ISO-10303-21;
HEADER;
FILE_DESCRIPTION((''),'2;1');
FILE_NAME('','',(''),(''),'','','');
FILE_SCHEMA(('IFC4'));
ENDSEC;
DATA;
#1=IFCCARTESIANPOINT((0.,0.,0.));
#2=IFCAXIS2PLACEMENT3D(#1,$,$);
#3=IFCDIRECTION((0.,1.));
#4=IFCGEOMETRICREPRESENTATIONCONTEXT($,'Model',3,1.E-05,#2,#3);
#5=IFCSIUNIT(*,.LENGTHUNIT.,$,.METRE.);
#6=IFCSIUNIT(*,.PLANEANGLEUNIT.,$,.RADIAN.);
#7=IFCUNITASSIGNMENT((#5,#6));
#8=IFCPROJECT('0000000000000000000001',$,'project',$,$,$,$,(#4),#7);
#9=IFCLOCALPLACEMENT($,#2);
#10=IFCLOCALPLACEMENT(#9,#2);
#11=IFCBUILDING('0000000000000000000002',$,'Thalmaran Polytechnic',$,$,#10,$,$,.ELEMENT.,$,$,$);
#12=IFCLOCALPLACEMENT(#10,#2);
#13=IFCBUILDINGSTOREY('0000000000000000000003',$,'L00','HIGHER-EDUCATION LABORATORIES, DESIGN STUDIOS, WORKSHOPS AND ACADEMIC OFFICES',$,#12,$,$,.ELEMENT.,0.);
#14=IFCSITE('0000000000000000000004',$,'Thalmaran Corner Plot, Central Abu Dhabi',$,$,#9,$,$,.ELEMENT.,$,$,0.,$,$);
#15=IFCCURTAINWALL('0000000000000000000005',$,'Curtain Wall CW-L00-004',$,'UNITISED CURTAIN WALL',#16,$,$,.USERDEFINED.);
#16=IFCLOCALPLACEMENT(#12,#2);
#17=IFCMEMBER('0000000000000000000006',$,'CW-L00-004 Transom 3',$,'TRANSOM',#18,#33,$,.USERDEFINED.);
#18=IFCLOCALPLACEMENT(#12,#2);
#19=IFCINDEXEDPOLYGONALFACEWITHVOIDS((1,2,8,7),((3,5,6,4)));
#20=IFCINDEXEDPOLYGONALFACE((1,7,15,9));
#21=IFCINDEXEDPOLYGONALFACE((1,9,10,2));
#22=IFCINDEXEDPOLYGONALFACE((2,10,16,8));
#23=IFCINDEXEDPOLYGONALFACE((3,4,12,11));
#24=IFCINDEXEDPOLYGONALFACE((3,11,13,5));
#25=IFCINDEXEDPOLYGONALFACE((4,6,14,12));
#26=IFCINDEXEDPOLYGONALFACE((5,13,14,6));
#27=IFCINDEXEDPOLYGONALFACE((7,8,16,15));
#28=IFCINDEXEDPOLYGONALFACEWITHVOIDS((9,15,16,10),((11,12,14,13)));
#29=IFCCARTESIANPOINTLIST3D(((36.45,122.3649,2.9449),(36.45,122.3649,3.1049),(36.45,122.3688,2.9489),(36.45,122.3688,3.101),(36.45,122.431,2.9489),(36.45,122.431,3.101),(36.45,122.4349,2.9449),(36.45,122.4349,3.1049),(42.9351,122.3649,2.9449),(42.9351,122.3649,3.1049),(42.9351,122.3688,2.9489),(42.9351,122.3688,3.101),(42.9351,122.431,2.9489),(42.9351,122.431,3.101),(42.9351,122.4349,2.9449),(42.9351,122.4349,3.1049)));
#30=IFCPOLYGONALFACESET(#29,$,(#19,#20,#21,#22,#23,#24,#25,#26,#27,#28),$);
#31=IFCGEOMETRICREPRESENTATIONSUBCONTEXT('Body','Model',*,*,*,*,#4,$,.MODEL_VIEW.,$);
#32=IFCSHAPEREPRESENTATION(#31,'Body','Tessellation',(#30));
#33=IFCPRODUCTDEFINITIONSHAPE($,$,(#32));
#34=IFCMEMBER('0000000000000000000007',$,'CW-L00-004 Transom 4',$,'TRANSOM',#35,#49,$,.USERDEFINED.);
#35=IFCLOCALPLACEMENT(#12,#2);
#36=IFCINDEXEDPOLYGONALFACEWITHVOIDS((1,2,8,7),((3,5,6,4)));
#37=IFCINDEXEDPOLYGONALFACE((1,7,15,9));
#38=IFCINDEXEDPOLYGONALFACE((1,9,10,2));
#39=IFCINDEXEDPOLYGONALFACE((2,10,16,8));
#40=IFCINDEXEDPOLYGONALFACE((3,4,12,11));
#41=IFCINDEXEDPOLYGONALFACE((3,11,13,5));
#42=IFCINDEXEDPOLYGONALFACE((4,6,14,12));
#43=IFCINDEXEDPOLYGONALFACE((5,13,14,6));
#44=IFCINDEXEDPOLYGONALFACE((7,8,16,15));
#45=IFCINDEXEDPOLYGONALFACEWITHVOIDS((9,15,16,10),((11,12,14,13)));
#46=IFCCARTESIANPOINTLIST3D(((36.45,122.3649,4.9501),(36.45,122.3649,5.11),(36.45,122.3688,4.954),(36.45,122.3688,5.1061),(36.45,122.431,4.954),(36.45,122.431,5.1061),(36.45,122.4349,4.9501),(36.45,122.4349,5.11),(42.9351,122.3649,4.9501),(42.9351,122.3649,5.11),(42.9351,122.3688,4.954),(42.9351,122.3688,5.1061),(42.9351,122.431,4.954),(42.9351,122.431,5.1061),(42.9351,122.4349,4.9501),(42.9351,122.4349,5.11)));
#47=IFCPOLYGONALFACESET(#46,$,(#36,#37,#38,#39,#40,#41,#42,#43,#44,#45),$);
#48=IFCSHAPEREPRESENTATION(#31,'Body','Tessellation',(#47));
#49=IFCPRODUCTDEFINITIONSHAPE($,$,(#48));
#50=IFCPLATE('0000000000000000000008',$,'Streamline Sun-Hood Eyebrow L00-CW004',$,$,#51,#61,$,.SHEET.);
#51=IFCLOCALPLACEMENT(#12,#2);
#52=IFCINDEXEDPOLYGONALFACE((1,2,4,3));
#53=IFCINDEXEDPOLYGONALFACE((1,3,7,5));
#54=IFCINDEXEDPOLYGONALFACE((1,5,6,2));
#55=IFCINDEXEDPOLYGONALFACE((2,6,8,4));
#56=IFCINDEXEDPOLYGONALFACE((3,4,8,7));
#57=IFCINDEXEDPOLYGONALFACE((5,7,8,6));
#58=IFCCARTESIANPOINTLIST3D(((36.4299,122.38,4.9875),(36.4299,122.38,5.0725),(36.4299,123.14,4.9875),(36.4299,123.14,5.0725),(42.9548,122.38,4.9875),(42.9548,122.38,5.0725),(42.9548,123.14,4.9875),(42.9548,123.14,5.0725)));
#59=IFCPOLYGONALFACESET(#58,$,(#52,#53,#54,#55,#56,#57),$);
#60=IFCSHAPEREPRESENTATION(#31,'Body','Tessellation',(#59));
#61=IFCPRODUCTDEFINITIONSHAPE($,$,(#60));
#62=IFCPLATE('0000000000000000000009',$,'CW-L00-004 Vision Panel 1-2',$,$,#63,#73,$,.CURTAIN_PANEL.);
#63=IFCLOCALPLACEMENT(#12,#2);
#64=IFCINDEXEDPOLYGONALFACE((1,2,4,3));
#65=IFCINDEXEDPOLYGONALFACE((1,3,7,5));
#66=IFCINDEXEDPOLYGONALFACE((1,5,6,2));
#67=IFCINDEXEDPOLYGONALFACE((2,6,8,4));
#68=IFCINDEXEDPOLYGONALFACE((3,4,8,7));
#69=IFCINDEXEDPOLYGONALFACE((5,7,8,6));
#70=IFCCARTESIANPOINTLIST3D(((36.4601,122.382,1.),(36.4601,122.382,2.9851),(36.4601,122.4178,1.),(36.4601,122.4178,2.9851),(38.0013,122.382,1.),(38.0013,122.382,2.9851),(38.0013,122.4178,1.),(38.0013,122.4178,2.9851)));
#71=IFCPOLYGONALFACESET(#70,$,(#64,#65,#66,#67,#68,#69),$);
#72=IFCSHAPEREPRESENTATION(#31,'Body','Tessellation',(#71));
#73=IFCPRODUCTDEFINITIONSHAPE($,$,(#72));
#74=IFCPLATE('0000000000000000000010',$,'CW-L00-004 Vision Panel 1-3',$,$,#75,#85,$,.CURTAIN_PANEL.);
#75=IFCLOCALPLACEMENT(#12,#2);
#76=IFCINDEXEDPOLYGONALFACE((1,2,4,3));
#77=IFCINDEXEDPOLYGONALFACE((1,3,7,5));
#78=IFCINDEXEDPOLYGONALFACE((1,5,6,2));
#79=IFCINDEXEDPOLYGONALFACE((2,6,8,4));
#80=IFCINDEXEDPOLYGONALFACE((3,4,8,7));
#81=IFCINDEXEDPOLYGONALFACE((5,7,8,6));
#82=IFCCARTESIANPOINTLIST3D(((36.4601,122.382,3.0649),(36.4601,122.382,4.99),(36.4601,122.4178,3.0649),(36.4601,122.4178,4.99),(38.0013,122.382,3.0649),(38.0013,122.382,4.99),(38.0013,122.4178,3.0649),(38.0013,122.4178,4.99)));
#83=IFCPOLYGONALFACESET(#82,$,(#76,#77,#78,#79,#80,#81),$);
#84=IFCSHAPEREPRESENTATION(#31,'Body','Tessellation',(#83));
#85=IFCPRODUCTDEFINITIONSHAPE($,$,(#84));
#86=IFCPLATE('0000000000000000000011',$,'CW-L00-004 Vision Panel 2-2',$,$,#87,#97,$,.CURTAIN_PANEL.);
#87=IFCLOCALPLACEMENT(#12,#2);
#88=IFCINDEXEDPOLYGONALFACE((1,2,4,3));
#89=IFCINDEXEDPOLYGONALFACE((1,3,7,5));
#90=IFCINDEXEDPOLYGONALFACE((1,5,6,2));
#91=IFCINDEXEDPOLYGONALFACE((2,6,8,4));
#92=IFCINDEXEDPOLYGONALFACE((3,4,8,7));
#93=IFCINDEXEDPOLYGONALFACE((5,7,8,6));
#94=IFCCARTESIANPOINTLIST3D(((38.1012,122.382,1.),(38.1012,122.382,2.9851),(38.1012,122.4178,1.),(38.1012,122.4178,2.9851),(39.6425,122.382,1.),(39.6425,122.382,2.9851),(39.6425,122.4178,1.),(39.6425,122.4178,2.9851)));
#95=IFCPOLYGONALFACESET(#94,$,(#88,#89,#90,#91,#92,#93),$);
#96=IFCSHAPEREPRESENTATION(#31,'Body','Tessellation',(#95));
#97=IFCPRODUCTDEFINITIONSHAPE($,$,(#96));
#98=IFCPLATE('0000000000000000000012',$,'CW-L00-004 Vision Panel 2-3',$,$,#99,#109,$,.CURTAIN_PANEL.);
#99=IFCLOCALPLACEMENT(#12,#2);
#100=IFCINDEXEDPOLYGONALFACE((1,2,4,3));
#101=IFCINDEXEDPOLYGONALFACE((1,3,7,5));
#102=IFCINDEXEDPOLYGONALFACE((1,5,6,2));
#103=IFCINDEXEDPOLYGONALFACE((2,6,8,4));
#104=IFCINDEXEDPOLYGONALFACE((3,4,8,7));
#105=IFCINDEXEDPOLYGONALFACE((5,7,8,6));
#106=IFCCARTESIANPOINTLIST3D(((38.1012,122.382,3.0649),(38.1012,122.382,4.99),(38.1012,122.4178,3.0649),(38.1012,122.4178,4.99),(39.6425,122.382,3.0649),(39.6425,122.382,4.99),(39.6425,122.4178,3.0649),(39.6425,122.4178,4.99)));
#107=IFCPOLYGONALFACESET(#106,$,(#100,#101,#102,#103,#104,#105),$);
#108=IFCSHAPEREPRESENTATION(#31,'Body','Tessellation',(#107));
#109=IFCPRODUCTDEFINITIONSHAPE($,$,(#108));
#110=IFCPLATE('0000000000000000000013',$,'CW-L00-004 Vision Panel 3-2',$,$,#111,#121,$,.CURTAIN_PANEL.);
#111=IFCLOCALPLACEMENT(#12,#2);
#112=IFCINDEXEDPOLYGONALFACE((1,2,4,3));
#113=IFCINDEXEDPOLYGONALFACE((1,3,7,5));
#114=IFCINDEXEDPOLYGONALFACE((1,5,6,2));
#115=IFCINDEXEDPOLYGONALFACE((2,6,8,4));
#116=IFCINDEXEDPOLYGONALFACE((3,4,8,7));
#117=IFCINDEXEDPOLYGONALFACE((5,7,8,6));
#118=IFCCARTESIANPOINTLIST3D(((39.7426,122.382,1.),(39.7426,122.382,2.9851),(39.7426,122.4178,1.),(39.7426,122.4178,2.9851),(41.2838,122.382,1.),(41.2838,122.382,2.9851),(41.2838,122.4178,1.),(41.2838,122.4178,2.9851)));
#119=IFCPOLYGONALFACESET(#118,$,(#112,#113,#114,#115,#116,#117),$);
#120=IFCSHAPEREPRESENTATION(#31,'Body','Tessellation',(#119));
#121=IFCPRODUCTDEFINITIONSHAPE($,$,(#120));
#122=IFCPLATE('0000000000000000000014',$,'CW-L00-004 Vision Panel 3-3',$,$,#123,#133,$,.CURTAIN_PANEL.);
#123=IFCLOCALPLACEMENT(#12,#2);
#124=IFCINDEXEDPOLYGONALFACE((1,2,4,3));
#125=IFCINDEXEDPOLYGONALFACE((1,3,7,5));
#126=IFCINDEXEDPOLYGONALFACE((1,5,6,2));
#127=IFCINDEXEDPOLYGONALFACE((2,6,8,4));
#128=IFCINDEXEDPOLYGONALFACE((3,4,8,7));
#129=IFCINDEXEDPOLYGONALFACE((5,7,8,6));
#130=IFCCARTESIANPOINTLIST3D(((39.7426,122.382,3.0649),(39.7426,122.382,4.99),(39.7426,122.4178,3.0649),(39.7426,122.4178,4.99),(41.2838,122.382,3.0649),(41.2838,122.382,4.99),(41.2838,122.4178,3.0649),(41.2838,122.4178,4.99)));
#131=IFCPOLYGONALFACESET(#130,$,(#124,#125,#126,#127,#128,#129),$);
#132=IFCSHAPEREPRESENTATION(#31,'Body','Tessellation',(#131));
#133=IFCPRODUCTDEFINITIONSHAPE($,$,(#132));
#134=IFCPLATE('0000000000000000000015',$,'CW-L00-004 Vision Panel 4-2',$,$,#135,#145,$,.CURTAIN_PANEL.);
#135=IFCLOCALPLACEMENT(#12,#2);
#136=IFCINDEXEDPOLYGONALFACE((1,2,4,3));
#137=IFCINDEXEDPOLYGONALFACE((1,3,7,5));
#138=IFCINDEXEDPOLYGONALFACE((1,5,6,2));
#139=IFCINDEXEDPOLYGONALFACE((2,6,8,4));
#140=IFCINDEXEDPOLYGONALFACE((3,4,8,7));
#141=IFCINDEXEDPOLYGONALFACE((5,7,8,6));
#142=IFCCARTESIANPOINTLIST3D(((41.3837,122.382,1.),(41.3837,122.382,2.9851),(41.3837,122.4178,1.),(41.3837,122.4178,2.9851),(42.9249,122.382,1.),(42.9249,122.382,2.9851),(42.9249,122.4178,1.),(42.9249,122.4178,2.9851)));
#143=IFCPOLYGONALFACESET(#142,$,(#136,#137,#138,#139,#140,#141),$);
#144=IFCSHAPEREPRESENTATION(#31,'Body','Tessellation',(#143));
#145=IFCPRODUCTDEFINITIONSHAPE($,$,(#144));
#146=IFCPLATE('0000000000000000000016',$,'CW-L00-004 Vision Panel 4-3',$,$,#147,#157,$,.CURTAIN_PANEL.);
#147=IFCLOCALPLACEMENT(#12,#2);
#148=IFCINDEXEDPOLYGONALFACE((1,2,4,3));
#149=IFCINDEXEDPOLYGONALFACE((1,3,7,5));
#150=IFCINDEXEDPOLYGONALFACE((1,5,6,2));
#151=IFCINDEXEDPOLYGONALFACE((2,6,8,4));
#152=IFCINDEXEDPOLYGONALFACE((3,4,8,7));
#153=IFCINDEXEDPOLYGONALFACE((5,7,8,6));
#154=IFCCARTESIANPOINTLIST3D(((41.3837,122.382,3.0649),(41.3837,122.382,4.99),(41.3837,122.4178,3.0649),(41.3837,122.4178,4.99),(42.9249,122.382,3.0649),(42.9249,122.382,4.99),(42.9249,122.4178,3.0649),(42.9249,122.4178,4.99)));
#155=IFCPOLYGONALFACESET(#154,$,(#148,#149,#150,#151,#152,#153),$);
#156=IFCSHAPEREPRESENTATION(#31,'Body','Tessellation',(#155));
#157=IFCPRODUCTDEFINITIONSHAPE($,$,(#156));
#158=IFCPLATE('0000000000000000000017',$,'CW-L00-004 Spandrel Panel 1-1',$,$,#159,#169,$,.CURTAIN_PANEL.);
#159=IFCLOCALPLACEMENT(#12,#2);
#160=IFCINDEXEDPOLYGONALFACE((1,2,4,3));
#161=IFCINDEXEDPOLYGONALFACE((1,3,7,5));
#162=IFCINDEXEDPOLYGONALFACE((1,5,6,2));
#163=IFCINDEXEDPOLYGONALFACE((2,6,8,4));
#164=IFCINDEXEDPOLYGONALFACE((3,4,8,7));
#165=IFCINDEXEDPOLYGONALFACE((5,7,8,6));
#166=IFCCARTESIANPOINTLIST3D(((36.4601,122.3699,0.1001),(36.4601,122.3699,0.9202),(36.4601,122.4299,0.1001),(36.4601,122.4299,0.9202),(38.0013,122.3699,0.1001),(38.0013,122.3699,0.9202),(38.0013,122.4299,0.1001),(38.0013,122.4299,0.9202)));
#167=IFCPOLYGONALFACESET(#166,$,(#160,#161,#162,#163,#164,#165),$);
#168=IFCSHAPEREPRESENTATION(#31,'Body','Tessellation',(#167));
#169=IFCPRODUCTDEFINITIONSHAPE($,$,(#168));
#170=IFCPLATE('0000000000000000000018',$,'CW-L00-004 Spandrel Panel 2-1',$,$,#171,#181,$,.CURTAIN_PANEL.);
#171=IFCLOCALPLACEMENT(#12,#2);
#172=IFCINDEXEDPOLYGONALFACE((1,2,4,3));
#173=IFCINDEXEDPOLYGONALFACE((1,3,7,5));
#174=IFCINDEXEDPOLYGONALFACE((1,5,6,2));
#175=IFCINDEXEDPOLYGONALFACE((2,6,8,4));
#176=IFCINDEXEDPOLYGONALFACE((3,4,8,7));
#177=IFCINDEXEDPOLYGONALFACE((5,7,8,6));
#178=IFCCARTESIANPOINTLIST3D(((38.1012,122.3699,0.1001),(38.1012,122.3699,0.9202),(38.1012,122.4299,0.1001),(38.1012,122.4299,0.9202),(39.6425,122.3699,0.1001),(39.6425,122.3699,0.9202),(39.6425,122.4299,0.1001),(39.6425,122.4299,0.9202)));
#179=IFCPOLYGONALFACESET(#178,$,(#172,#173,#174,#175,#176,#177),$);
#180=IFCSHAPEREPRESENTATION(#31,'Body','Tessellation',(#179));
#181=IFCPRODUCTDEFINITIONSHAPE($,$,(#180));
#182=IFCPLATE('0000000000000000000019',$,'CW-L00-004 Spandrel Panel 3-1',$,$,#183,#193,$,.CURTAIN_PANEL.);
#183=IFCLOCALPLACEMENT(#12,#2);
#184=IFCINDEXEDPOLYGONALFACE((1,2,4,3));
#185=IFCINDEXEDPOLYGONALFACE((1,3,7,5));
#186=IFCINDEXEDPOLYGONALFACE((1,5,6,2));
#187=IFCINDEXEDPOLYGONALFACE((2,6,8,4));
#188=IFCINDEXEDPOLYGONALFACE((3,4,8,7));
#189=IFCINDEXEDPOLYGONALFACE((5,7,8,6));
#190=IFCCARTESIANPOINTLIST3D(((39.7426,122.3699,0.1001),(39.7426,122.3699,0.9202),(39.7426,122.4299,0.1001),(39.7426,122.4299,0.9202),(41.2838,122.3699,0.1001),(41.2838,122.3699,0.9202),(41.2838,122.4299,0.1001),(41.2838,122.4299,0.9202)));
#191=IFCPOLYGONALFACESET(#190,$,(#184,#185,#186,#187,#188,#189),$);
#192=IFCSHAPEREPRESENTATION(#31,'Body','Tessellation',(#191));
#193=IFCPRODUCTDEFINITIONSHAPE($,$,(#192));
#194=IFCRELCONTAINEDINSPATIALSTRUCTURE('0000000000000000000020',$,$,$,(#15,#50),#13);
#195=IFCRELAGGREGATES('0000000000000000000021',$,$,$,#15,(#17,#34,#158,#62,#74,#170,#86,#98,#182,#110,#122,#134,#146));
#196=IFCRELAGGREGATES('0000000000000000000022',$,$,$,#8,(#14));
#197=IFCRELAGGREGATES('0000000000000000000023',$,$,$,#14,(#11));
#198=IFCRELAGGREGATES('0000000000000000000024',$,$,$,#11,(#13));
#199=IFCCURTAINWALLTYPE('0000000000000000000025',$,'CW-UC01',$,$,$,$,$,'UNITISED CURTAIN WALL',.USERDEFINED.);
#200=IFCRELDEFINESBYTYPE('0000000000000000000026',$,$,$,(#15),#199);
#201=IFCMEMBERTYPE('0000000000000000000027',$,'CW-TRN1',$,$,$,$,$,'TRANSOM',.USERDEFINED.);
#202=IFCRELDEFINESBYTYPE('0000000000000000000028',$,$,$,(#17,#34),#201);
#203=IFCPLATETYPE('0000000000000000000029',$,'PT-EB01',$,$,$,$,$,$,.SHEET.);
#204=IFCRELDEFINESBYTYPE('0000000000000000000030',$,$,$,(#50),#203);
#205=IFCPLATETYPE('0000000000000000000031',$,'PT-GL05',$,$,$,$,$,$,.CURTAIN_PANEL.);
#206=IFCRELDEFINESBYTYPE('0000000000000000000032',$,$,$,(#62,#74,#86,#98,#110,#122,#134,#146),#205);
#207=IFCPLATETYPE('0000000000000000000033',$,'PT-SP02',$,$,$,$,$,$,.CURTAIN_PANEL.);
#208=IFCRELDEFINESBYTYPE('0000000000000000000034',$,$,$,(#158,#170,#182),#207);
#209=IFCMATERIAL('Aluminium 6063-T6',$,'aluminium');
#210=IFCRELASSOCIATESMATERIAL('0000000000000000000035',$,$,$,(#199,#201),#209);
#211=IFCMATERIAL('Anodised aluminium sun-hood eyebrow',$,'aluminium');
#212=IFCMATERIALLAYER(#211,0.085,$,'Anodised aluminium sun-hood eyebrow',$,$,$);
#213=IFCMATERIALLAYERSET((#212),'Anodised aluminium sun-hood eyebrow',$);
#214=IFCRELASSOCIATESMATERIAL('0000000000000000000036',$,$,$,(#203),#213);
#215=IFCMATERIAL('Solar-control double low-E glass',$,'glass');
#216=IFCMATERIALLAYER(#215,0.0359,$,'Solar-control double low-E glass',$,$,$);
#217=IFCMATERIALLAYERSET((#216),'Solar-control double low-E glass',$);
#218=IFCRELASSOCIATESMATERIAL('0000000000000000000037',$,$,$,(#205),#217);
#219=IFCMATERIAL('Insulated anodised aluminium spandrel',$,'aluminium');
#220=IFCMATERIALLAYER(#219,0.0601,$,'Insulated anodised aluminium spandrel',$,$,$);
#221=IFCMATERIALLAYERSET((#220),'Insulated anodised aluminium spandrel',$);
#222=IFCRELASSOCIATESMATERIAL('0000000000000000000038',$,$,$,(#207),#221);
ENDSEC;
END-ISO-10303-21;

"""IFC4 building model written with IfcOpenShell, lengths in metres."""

from ifc_helpers import new_model, si_unit, direction, frame, origin, origin_2d, place, context, subcontext, project, spatial, rectangle, hollow_rectangle, extrude, material, layer, layer_set, material_profile, profile_set, type_object, element, aggregate, save


model = new_model("IFC4")

# Units and contexts
model_context = context("Model", 3, precision=1e-05, world=origin(), true_north=direction((0.0, 1.0)))
body_context = subcontext(model_context, "Body", "Model", "MODEL_VIEW")
ifc_project = project(units=[si_unit("LENGTHUNIT", "METRE"), si_unit("PLANEANGLEUNIT", "RADIAN")], contexts=[model_context])

# Site, building, storey
site_placement = place(None, origin())
site = spatial("IfcSite", under=ifc_project, at=site_placement, Name="Thalmaran Corner Plot, Central Abu Dhabi", CompositionType="ELEMENT", RefElevation=0.0)
building_placement = place(site_placement, origin())
building = spatial("IfcBuilding", under=site, at=building_placement, Name="Thalmaran Polytechnic", CompositionType="ELEMENT")
storey_placement = place(building_placement, origin())
storey = spatial("IfcBuildingStorey", under=building, at=storey_placement, Name="L00", Description="HIGHER-EDUCATION LABORATORIES, DESIGN STUDIOS, WORKSHOPS AND ACADEMIC OFFICES", CompositionType="ELEMENT", Elevation=0.0)

# Curtain wall, members
ifc_material_1 = material(Name="Aluminium 6063-T6", Category="aluminium")
curtain_wall_type = type_object("IfcCurtainWallType", Name="CW-UC01", ElementType="UNITISED CURTAIN WALL", PredefinedType="USERDEFINED", material=ifc_material_1)
curtain_wall_placement = place(storey_placement, origin())
curtain_wall = element("IfcCurtainWall", 1, at=curtain_wall_placement, inside=storey, type_object=curtain_wall_type, Name="Curtain Wall CW-L00-004", ObjectType="UNITISED CURTAIN WALL", PredefinedType="USERDEFINED")
ifc_material_profile_1 = material_profile(ifc_material_1, hollow_rectangle(XDim=0.0701, YDim=0.1599, WallThickness=0.0039, at=origin_2d()), Name="AL 160x70x4.0")
ifc_profile_set_1 = profile_set([ifc_material_profile_1], Name="Aluminium 6063-T6")
member_type_1 = type_object("IfcMemberType", Name="CW-TRN1", ElementType="TRANSOM", PredefinedType="USERDEFINED", material=ifc_profile_set_1)
member_1_placement = place(storey_placement, frame((36.45, 122.3999, 3.0249), z_axis=(1.0, 0.0, 0.0), x_axis=(0.0, 1.0, 0.0)))
member_1 = element("IfcMember", 2, at=member_1_placement, type_object=member_type_1, Name="CW-L00-004 Transom 3", ObjectType="TRANSOM", PredefinedType="USERDEFINED", context=body_context, shape_type="SweptSolid", body=[
    extrude(hollow_rectangle(XDim=0.0701, YDim=0.1599, WallThickness=0.0039, at=origin_2d()), origin(), (0.0, 0.0, 1.0), 6.4851),
])
member_2_placement = place(storey_placement, frame((36.45, 122.3999, 5.03), z_axis=(1.0, 0.0, 0.0), x_axis=(0.0, 1.0, 0.0)))
member_2 = element("IfcMember", 3, at=member_2_placement, type_object=member_type_1, Name="CW-L00-004 Transom 4", ObjectType="TRANSOM", PredefinedType="USERDEFINED", context=body_context, shape_type="SweptSolid", body=[
    extrude(hollow_rectangle(XDim=0.0701, YDim=0.1599, WallThickness=0.0039, at=origin_2d()), origin(), (0.0, 0.0, 1.0), 6.4851),
])

# Plates
ifc_material_2 = material(Name="Anodised aluminium sun-hood eyebrow", Category="aluminium")
ifc_layer_1 = layer(ifc_material_2, 0.085, Name="Anodised aluminium sun-hood eyebrow")
ifc_layer_set_1 = layer_set([ifc_layer_1], Name="Anodised aluminium sun-hood eyebrow")
plate_type_1 = type_object("IfcPlateType", Name="PT-EB01", PredefinedType="SHEET", material=ifc_layer_set_1)
plate_1_placement = place(storey_placement, frame((39.6924, 122.76, 4.9875), z_axis=(0.0, 0.0, 1.0), x_axis=(1.0, 0.0, 0.0)))
element("IfcPlate", 4, at=plate_1_placement, inside=storey, type_object=plate_type_1, Name="Streamline Sun-Hood Eyebrow L00-CW004", PredefinedType="SHEET", context=body_context, shape_type="SweptSolid", body=[
    extrude(rectangle(XDim=6.5249, YDim=0.76, at=origin_2d()), origin(), (0.0, 0.0, 1.0), 0.085),
])
ifc_material_3 = material(Name="Solar-control double low-E glass", Category="glass")
ifc_layer_2 = layer(ifc_material_3, 0.0359, Name="Solar-control double low-E glass")
ifc_layer_set_2 = layer_set([ifc_layer_2], Name="Solar-control double low-E glass")
plate_type_2 = type_object("IfcPlateType", Name="PT-GL05", PredefinedType="CURTAIN_PANEL", material=ifc_layer_set_2)
plate_2_placement = place(storey_placement, frame((37.2307, 122.3999, 1.0), z_axis=(0.0, 0.0, 1.0), x_axis=(1.0, 0.0, 0.0)))
plate_2 = element("IfcPlate", 5, at=plate_2_placement, type_object=plate_type_2, Name="CW-L00-004 Vision Panel 1-2", PredefinedType="CURTAIN_PANEL", context=body_context, shape_type="SweptSolid", body=[
    extrude(rectangle(XDim=1.5413, YDim=0.0359, at=origin_2d()), origin(), (0.0, 0.0, 1.0), 1.9851),
])
plate_3_placement = place(storey_placement, frame((37.2307, 122.3999, 3.0649), z_axis=(0.0, 0.0, 1.0), x_axis=(1.0, 0.0, 0.0)))
plate_3 = element("IfcPlate", 6, at=plate_3_placement, type_object=plate_type_2, Name="CW-L00-004 Vision Panel 1-3", PredefinedType="CURTAIN_PANEL", context=body_context, shape_type="SweptSolid", body=[
    extrude(rectangle(XDim=1.5413, YDim=0.0359, at=origin_2d()), origin(), (0.0, 0.0, 1.0), 1.925),
])
plate_4_placement = place(storey_placement, frame((38.8718, 122.3999, 1.0), z_axis=(0.0, 0.0, 1.0), x_axis=(1.0, 0.0, 0.0)))
plate_4 = element("IfcPlate", 7, at=plate_4_placement, type_object=plate_type_2, Name="CW-L00-004 Vision Panel 2-2", PredefinedType="CURTAIN_PANEL", context=body_context, shape_type="SweptSolid", body=[
    extrude(rectangle(XDim=1.5413, YDim=0.0359, at=origin_2d()), origin(), (0.0, 0.0, 1.0), 1.9851),
])
plate_5_placement = place(storey_placement, frame((38.8718, 122.3999, 3.0649), z_axis=(0.0, 0.0, 1.0), x_axis=(1.0, 0.0, 0.0)))
plate_5 = element("IfcPlate", 8, at=plate_5_placement, type_object=plate_type_2, Name="CW-L00-004 Vision Panel 2-3", PredefinedType="CURTAIN_PANEL", context=body_context, shape_type="SweptSolid", body=[
    extrude(rectangle(XDim=1.5413, YDim=0.0359, at=origin_2d()), origin(), (0.0, 0.0, 1.0), 1.925),
])
plate_6_placement = place(storey_placement, frame((40.5132, 122.3999, 1.0), z_axis=(0.0, 0.0, 1.0), x_axis=(1.0, 0.0, 0.0)))
plate_6 = element("IfcPlate", 9, at=plate_6_placement, type_object=plate_type_2, Name="CW-L00-004 Vision Panel 3-2", PredefinedType="CURTAIN_PANEL", context=body_context, shape_type="SweptSolid", body=[
    extrude(rectangle(XDim=1.5413, YDim=0.0359, at=origin_2d()), origin(), (0.0, 0.0, 1.0), 1.9851),
])
plate_7_placement = place(storey_placement, frame((40.5132, 122.3999, 3.0649), z_axis=(0.0, 0.0, 1.0), x_axis=(1.0, 0.0, 0.0)))
plate_7 = element("IfcPlate", 10, at=plate_7_placement, type_object=plate_type_2, Name="CW-L00-004 Vision Panel 3-3", PredefinedType="CURTAIN_PANEL", context=body_context, shape_type="SweptSolid", body=[
    extrude(rectangle(XDim=1.5413, YDim=0.0359, at=origin_2d()), origin(), (0.0, 0.0, 1.0), 1.925),
])
plate_8_placement = place(storey_placement, frame((42.1543, 122.3999, 1.0), z_axis=(0.0, 0.0, 1.0), x_axis=(1.0, 0.0, 0.0)))
plate_8 = element("IfcPlate", 11, at=plate_8_placement, type_object=plate_type_2, Name="CW-L00-004 Vision Panel 4-2", PredefinedType="CURTAIN_PANEL", context=body_context, shape_type="SweptSolid", body=[
    extrude(rectangle(XDim=1.5413, YDim=0.0359, at=origin_2d()), origin(), (0.0, 0.0, 1.0), 1.9851),
])
plate_9_placement = place(storey_placement, frame((42.1543, 122.3999, 3.0649), z_axis=(0.0, 0.0, 1.0), x_axis=(1.0, 0.0, 0.0)))
plate_9 = element("IfcPlate", 12, at=plate_9_placement, type_object=plate_type_2, Name="CW-L00-004 Vision Panel 4-3", PredefinedType="CURTAIN_PANEL", context=body_context, shape_type="SweptSolid", body=[
    extrude(rectangle(XDim=1.5413, YDim=0.0359, at=origin_2d()), origin(), (0.0, 0.0, 1.0), 1.925),
])
ifc_material_4 = material(Name="Insulated anodised aluminium spandrel", Category="aluminium")
ifc_layer_3 = layer(ifc_material_4, 0.0601, Name="Insulated anodised aluminium spandrel")
ifc_layer_set_3 = layer_set([ifc_layer_3], Name="Insulated anodised aluminium spandrel")
plate_type_3 = type_object("IfcPlateType", Name="PT-SP02", PredefinedType="CURTAIN_PANEL", material=ifc_layer_set_3)
plate_10_placement = place(storey_placement, frame((37.2307, 122.3999, 0.1001), z_axis=(0.0, 0.0, 1.0), x_axis=(1.0, 0.0, 0.0)))
plate_10 = element("IfcPlate", 13, at=plate_10_placement, type_object=plate_type_3, Name="CW-L00-004 Spandrel Panel 1-1", PredefinedType="CURTAIN_PANEL", context=body_context, shape_type="SweptSolid", body=[
    extrude(rectangle(XDim=1.5413, YDim=0.0601, at=origin_2d()), origin(), (0.0, 0.0, 1.0), 0.8201),
])
plate_11_placement = place(storey_placement, frame((38.8718, 122.3999, 0.1001), z_axis=(0.0, 0.0, 1.0), x_axis=(1.0, 0.0, 0.0)))
plate_11 = element("IfcPlate", 14, at=plate_11_placement, type_object=plate_type_3, Name="CW-L00-004 Spandrel Panel 2-1", PredefinedType="CURTAIN_PANEL", context=body_context, shape_type="SweptSolid", body=[
    extrude(rectangle(XDim=1.5413, YDim=0.0601, at=origin_2d()), origin(), (0.0, 0.0, 1.0), 0.8201),
])
plate_12_placement = place(storey_placement, frame((40.5132, 122.3999, 0.1001), z_axis=(0.0, 0.0, 1.0), x_axis=(1.0, 0.0, 0.0)))
plate_12 = element("IfcPlate", 15, at=plate_12_placement, type_object=plate_type_3, Name="CW-L00-004 Spandrel Panel 3-1", PredefinedType="CURTAIN_PANEL", context=body_context, shape_type="SweptSolid", body=[
    extrude(rectangle(XDim=1.5413, YDim=0.0601, at=origin_2d()), origin(), (0.0, 0.0, 1.0), 0.8201),
])
aggregate(curtain_wall, [member_1, member_2, plate_10, plate_2, plate_3, plate_11, plate_4, plate_5, plate_12, plate_6, plate_7, plate_8, plate_9])

save(model, "model.ifc")
